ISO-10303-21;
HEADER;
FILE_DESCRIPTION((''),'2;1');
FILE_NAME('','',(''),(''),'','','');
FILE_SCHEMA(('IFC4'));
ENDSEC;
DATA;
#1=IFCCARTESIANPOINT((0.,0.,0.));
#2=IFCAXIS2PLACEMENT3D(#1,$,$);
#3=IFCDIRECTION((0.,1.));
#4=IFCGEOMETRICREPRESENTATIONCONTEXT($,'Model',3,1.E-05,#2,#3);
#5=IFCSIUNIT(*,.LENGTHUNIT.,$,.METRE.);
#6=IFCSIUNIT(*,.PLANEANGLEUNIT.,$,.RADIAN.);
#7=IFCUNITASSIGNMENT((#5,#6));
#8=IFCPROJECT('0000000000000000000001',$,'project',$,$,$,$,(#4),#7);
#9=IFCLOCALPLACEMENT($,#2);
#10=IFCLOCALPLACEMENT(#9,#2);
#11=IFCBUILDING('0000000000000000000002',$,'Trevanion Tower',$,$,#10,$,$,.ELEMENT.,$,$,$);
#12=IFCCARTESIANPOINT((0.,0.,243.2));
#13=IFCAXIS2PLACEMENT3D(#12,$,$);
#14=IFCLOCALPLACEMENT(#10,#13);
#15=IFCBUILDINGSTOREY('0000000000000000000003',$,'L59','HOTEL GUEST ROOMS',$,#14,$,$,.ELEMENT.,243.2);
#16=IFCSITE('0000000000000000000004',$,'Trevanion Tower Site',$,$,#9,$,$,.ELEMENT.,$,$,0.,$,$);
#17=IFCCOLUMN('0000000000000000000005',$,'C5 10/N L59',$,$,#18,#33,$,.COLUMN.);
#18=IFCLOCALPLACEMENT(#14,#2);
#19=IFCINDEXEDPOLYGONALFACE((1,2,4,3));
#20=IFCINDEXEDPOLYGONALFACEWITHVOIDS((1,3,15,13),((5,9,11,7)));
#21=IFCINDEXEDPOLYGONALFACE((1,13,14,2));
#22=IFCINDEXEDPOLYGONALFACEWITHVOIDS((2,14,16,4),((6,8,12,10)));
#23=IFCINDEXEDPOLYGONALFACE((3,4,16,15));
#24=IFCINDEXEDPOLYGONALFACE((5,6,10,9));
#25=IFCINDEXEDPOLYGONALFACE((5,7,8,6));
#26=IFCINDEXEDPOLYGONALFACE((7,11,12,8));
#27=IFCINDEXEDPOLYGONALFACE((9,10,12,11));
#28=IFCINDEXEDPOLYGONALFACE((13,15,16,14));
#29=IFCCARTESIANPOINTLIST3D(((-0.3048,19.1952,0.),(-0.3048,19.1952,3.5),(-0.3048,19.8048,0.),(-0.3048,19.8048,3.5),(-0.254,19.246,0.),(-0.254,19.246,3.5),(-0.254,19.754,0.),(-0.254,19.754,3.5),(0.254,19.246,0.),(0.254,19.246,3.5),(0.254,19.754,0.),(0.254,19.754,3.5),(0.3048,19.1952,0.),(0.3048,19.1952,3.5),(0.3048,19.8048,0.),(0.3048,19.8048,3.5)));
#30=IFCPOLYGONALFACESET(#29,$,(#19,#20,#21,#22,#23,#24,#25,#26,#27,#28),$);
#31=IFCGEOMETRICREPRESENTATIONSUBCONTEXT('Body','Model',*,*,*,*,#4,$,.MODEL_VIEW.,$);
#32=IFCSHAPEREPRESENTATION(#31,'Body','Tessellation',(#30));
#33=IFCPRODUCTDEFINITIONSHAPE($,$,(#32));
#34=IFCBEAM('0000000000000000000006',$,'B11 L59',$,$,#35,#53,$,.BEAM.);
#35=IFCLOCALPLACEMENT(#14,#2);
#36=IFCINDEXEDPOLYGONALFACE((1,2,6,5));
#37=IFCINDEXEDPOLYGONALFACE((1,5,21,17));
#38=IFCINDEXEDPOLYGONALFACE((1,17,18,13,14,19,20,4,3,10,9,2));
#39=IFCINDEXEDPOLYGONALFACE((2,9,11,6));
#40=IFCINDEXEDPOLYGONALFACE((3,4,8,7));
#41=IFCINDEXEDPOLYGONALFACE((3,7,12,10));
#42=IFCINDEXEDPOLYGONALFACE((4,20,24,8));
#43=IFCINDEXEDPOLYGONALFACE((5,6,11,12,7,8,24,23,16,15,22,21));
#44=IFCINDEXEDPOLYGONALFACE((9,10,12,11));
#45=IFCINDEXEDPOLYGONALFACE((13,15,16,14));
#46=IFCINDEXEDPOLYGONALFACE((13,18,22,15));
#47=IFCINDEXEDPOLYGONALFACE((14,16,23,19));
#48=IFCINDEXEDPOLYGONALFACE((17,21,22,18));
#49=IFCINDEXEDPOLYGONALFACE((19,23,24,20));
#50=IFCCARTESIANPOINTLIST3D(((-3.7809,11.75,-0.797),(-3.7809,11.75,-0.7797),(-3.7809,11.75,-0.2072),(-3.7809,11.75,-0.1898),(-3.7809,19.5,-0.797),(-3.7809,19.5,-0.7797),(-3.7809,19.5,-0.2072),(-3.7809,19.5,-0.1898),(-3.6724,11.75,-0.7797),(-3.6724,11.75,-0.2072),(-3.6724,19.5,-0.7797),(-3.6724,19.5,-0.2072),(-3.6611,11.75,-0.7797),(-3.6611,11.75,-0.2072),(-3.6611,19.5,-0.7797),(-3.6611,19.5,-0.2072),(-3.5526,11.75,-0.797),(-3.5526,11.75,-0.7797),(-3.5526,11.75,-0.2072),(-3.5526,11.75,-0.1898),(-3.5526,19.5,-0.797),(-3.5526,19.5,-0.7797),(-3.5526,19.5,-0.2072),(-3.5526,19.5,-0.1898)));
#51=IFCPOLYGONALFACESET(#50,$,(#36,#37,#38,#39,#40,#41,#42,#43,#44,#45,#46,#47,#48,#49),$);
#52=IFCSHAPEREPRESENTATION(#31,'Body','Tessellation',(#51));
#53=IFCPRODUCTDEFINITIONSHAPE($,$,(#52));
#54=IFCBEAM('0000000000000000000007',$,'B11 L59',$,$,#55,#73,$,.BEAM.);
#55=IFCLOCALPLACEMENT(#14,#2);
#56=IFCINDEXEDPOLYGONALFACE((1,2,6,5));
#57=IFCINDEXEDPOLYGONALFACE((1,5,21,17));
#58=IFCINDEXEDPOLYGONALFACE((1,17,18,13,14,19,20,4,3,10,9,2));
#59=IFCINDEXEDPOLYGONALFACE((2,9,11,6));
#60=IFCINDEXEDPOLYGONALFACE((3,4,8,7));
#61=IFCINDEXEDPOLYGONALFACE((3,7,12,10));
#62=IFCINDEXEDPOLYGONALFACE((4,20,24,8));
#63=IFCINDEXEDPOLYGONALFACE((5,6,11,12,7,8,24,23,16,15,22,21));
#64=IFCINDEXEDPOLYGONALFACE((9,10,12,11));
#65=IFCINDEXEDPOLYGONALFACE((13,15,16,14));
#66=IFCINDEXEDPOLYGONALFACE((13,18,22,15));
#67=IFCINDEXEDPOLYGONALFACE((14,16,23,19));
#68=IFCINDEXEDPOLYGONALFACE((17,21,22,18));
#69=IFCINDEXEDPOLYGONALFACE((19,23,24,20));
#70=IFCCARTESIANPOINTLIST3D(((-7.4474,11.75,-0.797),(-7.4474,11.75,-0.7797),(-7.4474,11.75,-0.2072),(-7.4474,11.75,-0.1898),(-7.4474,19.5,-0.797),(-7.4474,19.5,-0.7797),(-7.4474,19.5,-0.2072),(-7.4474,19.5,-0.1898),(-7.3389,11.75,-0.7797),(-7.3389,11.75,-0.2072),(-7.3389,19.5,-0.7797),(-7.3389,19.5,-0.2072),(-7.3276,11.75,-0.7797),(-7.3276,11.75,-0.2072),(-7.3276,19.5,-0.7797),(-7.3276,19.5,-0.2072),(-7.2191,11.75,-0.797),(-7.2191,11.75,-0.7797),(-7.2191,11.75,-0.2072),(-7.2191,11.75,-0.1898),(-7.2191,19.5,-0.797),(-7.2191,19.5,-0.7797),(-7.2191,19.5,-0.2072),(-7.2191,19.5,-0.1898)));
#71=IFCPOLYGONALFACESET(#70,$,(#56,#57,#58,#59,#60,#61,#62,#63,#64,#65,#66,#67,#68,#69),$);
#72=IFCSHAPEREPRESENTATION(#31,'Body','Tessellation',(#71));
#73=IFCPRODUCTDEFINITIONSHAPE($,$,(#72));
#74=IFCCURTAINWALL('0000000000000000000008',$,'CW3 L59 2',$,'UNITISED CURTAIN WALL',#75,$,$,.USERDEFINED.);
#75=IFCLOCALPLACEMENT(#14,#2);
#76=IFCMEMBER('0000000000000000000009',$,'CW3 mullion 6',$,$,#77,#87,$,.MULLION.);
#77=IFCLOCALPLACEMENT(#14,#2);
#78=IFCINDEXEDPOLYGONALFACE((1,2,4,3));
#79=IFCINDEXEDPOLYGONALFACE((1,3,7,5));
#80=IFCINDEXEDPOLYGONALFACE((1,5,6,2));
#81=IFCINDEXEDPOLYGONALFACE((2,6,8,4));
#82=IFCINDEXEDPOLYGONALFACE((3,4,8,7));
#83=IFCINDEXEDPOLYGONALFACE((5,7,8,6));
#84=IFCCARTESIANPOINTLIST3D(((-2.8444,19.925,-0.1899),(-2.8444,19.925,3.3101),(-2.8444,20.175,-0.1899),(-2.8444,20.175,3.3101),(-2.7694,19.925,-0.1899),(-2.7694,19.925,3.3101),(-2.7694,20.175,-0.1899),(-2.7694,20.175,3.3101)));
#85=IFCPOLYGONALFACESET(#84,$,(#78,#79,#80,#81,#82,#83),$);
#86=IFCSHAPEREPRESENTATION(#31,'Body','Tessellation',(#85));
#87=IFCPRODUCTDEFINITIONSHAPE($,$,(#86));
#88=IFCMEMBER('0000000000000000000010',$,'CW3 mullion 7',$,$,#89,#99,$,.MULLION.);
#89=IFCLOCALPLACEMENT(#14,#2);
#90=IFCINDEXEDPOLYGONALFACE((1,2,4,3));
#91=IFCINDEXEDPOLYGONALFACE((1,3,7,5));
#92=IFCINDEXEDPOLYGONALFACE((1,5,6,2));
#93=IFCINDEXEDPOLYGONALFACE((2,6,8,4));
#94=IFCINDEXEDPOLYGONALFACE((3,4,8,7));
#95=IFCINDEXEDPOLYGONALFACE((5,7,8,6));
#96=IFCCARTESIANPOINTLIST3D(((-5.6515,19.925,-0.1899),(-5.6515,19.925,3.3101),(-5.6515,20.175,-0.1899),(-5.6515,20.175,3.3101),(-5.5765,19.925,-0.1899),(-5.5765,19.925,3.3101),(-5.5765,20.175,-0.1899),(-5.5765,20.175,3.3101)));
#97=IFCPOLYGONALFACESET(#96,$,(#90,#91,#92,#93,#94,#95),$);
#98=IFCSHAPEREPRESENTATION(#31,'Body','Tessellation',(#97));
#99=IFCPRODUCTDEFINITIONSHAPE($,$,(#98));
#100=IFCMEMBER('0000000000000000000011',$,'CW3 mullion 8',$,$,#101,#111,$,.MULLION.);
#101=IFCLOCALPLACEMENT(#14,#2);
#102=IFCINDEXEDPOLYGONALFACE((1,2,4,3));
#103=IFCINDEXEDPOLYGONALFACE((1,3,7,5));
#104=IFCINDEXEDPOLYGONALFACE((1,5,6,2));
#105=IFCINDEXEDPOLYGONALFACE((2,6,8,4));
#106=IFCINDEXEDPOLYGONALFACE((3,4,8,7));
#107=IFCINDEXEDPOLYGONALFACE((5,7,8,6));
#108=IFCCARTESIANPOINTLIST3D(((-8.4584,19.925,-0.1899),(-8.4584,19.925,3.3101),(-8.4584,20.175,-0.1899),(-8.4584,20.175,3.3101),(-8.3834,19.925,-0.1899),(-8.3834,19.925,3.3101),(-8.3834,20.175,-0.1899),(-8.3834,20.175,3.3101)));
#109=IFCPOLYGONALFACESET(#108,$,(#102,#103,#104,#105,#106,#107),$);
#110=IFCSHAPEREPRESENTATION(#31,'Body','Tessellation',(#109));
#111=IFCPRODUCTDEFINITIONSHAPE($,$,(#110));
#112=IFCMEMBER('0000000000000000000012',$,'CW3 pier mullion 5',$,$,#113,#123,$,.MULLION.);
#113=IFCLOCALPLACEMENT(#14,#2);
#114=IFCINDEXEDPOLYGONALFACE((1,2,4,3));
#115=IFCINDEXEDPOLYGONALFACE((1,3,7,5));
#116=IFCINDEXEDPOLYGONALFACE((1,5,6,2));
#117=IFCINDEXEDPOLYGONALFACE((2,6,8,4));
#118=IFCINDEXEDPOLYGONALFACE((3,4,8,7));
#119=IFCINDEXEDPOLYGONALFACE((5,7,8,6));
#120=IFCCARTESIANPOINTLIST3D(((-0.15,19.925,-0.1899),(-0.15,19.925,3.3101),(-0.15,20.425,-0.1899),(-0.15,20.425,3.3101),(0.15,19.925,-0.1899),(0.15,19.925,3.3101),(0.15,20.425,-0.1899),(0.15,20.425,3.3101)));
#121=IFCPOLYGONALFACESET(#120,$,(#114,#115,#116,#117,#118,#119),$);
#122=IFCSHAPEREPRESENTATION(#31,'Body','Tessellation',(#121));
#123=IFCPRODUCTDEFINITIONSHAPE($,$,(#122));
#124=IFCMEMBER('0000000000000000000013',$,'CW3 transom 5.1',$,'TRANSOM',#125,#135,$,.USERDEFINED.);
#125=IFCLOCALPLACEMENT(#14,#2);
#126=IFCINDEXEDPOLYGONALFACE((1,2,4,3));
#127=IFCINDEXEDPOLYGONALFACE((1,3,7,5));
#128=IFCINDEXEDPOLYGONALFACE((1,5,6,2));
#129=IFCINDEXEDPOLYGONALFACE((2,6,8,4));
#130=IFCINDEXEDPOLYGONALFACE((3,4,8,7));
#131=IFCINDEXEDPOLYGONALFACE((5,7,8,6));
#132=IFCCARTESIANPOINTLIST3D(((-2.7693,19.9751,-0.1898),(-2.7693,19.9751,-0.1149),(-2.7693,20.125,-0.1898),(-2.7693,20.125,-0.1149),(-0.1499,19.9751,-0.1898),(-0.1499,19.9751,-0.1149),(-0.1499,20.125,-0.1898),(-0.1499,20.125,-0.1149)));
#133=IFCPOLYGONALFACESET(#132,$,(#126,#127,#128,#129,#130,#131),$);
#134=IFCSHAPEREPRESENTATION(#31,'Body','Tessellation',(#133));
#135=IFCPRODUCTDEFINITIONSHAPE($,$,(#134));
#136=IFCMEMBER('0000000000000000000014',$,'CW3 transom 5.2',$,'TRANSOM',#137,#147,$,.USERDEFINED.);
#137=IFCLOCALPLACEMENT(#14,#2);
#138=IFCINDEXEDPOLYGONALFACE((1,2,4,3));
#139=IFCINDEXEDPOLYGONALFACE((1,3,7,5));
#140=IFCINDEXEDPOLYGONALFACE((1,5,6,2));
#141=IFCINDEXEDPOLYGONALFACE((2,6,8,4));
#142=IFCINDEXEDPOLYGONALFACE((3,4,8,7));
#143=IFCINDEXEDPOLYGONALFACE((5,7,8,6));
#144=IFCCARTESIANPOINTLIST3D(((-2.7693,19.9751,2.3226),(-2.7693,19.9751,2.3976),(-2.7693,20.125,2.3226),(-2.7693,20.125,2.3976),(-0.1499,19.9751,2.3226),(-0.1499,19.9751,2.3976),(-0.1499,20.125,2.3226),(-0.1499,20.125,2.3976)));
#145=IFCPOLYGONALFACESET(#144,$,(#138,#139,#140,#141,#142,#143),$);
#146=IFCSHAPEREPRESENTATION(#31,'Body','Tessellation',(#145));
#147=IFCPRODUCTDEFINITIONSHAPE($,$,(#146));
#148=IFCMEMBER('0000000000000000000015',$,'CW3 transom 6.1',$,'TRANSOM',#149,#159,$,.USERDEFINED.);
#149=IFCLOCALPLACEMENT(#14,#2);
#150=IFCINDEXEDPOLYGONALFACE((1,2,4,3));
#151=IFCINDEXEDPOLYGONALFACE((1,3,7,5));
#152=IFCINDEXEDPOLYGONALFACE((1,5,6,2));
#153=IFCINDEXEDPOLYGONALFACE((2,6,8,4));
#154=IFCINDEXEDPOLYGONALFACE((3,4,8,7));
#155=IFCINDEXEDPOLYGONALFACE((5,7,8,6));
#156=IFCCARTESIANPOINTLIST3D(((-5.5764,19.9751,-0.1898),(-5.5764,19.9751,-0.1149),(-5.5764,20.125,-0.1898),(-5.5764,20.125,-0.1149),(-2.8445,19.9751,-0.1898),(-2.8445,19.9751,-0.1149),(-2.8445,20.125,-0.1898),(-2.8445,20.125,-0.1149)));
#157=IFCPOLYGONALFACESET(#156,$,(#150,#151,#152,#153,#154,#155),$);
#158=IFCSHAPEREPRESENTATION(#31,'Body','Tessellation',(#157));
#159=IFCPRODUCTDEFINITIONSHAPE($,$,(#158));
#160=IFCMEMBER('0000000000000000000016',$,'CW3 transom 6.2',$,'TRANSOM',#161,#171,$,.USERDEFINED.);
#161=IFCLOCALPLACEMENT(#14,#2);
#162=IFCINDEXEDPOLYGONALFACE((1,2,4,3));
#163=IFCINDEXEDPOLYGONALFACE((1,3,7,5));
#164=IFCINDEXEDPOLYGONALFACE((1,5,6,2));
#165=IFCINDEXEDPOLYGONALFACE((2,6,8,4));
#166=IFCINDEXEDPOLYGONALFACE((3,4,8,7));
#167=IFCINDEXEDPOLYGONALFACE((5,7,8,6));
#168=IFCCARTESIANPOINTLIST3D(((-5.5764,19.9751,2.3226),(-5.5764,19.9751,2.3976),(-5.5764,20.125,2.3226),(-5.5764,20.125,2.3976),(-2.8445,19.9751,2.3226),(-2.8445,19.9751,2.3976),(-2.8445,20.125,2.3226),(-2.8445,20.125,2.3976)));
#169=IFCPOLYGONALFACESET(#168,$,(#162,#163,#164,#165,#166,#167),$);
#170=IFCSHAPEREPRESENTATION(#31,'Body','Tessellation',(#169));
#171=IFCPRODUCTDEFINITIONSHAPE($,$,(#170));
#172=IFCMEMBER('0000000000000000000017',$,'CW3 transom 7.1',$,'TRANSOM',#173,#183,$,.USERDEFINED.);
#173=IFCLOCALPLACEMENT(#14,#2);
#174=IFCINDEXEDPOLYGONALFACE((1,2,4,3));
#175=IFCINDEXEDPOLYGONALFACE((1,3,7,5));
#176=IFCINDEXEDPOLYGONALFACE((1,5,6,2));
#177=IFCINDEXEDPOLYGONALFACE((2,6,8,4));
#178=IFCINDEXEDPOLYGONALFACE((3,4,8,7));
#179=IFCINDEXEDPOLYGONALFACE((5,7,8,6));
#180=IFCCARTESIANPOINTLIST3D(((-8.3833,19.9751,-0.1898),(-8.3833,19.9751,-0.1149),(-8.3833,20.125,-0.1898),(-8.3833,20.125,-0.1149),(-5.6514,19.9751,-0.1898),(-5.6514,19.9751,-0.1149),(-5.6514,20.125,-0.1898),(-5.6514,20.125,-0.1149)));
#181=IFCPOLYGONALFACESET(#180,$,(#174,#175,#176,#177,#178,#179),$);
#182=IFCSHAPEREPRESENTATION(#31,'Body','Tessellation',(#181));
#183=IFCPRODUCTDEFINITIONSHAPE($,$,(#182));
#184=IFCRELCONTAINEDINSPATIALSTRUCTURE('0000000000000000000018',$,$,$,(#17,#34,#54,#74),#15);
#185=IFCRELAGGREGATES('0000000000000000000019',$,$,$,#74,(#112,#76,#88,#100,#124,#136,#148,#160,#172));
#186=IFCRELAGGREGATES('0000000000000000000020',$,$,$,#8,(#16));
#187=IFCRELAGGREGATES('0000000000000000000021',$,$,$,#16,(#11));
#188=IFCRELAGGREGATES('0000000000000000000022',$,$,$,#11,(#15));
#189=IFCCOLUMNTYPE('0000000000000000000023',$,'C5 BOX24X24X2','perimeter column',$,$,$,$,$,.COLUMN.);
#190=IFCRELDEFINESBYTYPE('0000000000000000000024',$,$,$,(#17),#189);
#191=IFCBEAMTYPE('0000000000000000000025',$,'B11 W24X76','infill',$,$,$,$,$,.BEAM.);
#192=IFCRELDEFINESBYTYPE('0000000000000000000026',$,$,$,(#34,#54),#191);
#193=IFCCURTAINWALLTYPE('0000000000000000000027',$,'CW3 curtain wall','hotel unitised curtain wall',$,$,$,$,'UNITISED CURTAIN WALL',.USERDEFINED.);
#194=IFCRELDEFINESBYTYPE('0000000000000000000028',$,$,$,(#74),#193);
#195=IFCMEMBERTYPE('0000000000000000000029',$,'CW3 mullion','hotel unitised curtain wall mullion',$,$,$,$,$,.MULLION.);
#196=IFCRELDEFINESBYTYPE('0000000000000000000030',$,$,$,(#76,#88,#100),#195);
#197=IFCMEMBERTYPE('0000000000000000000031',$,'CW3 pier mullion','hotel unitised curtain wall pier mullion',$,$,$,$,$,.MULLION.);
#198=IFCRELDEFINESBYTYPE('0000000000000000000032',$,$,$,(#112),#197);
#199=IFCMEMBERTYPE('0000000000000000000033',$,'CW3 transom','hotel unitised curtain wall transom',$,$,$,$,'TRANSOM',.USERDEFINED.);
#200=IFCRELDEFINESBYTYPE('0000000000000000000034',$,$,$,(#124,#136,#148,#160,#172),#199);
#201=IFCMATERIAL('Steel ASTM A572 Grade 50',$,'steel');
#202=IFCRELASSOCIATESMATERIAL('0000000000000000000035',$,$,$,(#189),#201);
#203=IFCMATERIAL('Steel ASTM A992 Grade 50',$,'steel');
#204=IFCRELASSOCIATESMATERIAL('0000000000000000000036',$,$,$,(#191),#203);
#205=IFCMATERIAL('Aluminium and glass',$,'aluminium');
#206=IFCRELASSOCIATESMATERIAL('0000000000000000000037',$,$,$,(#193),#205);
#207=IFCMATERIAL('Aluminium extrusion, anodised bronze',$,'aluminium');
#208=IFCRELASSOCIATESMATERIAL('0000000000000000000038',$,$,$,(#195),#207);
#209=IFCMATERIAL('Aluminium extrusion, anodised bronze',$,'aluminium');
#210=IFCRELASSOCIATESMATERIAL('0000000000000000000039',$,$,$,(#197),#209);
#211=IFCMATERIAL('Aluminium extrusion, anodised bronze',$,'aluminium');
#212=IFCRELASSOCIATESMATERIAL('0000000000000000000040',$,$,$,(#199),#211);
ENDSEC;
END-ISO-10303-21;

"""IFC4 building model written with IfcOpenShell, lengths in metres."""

from ifc_helpers import new_model, si_unit, direction, frame, origin, origin_2d, place, context, subcontext, project, spatial, rectangle, hollow_rectangle, i_section, extrude, material, material_profile, profile_set, type_object, element, aggregate, save


model = new_model("IFC4")

# Units and contexts
model_context = context("Model", 3, precision=1e-05, world=origin(), true_north=direction((0.0, 1.0)))
body_context = subcontext(model_context, "Body", "Model", "MODEL_VIEW")
ifc_project = project(units=[si_unit("LENGTHUNIT", "METRE"), si_unit("PLANEANGLEUNIT", "RADIAN")], contexts=[model_context])

# Site, building, storey
site_placement = place(None, origin())
site = spatial("IfcSite", under=ifc_project, at=site_placement, Name="Trevanion Tower Site", CompositionType="ELEMENT", RefElevation=0.0)
building_placement = place(site_placement, origin())
building = spatial("IfcBuilding", under=site, at=building_placement, Name="Trevanion Tower", CompositionType="ELEMENT")
storey_placement = place(building_placement, frame((0.0, 0.0, 243.2)))
storey = spatial("IfcBuildingStorey", under=building, at=storey_placement, Name="L59", Description="HOTEL GUEST ROOMS", CompositionType="ELEMENT", Elevation=243.2)

# Column
ifc_material_1 = material(Name="Steel ASTM A572 Grade 50", Category="steel")
ifc_material_profile_1 = material_profile(ifc_material_1, hollow_rectangle(XDim=0.6096, YDim=0.6096, WallThickness=0.0508, at=origin_2d()), Name="BOX24X24X2")
ifc_profile_set_1 = profile_set([ifc_material_profile_1], Name="Steel ASTM A572 Grade 50")
column_type = type_object("IfcColumnType", Name="C5 BOX24X24X2", Description="perimeter column", PredefinedType="COLUMN", material=ifc_profile_set_1)
column_placement = place(storey_placement, frame((0.0, 19.5, 0.0), z_axis=(0.0, 0.0, 1.0), x_axis=(1.0, 0.0, 0.0)))
element("IfcColumn", 1, at=column_placement, inside=storey, type_object=column_type, Name="C5 10/N L59", PredefinedType="COLUMN", context=body_context, shape_type="SweptSolid", body=[
    extrude(hollow_rectangle(XDim=0.6096, YDim=0.6096, WallThickness=0.0508, at=origin_2d()), origin(), (0.0, 0.0, 1.0), 3.5),
])

# Beams
ifc_material_2 = material(Name="Steel ASTM A992 Grade 50", Category="steel")
ifc_material_profile_2 = material_profile(ifc_material_2, i_section(OverallWidth=0.2283, OverallDepth=0.6072, WebThickness=0.0112, FlangeThickness=0.0173, at=origin_2d()), Name="W24X76")
ifc_profile_set_2 = profile_set([ifc_material_profile_2], Name="Steel ASTM A992 Grade 50")
beam_type_1 = type_object("IfcBeamType", Name="B11 W24X76", Description="infill", PredefinedType="BEAM", material=ifc_profile_set_2)
for number, where, z_axis, x_axis, name in (
    (2, (-3.6667, 11.75, -0.4934), (0.0, 1.0, 0.0), (-1.0, 0.0, 0.0), "B11 L59"),
    (3, (-7.3333, 11.75, -0.4934), (0.0, 1.0, 0.0), (-1.0, 0.0, 0.0), "B11 L59"),
):
    element("IfcBeam", number, at=place(storey_placement, frame(where, z_axis=z_axis, x_axis=x_axis)), inside=storey, type_object=beam_type_1, Name=name, PredefinedType="BEAM", context=body_context, shape_type="SweptSolid", body=[
        extrude(i_section(OverallWidth=0.2283, OverallDepth=0.6072, WebThickness=0.0112, FlangeThickness=0.0173, at=origin_2d()), origin(), (0.0, 0.0, 1.0), 7.75),
    ])

# Curtain wall, members
ifc_material_3 = material(Name="Aluminium and glass", Category="aluminium")
curtain_wall_type = type_object("IfcCurtainWallType", Name="CW3 curtain wall", Description="hotel unitised curtain wall", ElementType="UNITISED CURTAIN WALL", PredefinedType="USERDEFINED", material=ifc_material_3)
curtain_wall_placement = place(storey_placement, origin())
curtain_wall = element("IfcCurtainWall", 4, at=curtain_wall_placement, inside=storey, type_object=curtain_wall_type, Name="CW3 L59 2", ObjectType="UNITISED CURTAIN WALL", PredefinedType="USERDEFINED")
ifc_material_4 = material(Name="Aluminium extrusion, anodised bronze", Category="aluminium")
ifc_material_profile_3 = material_profile(ifc_material_4, rectangle(XDim=0.075, YDim=0.25, at=origin_2d()), Name="CW3 mullion")
ifc_profile_set_3 = profile_set([ifc_material_profile_3], Name="Aluminium extrusion, anodised bronze")
member_type_1 = type_object("IfcMemberType", Name="CW3 mullion", Description="hotel unitised curtain wall mullion", PredefinedType="MULLION", material=ifc_profile_set_3)
member_1_placement = place(storey_placement, frame((-2.8069, 20.05, -0.1899), z_axis=(0.0, 0.0, 1.0), x_axis=(-1.0, 0.0, 0.0)))
member_1 = element("IfcMember", 5, at=member_1_placement, type_object=member_type_1, Name="CW3 mullion 6", PredefinedType="MULLION", context=body_context, shape_type="SweptSolid", body=[
    extrude(rectangle(XDim=0.075, YDim=0.25, at=origin_2d()), origin(), (0.0, 0.0, 1.0), 3.5),
])
member_2_placement = place(storey_placement, frame((-5.614, 20.05, -0.1899), z_axis=(0.0, 0.0, 1.0), x_axis=(-1.0, 0.0, 0.0)))
member_2 = element("IfcMember", 6, at=member_2_placement, type_object=member_type_1, Name="CW3 mullion 7", PredefinedType="MULLION", context=body_context, shape_type="SweptSolid", body=[
    extrude(rectangle(XDim=0.075, YDim=0.25, at=origin_2d()), origin(), (0.0, 0.0, 1.0), 3.5),
])
member_3_placement = place(storey_placement, frame((-8.4209, 20.05, -0.1899), z_axis=(0.0, 0.0, 1.0), x_axis=(-1.0, 0.0, 0.0)))
member_3 = element("IfcMember", 7, at=member_3_placement, type_object=member_type_1, Name="CW3 mullion 8", PredefinedType="MULLION", context=body_context, shape_type="SweptSolid", body=[
    extrude(rectangle(XDim=0.075, YDim=0.25, at=origin_2d()), origin(), (0.0, 0.0, 1.0), 3.5),
])
ifc_material_5 = material(Name="Aluminium extrusion, anodised bronze", Category="aluminium")
ifc_material_profile_4 = material_profile(ifc_material_5, rectangle(XDim=0.3, YDim=0.5, at=origin_2d()), Name="CW3 pier mullion")
ifc_profile_set_4 = profile_set([ifc_material_profile_4], Name="Aluminium extrusion, anodised bronze")
member_type_2 = type_object("IfcMemberType", Name="CW3 pier mullion", Description="hotel unitised curtain wall pier mullion", PredefinedType="MULLION", material=ifc_profile_set_4)
member_4_placement = place(storey_placement, frame((0.0, 20.175, -0.1899), z_axis=(0.0, 0.0, 1.0), x_axis=(-1.0, 0.0, 0.0)))
member_4 = element("IfcMember", 8, at=member_4_placement, type_object=member_type_2, Name="CW3 pier mullion 5", PredefinedType="MULLION", context=body_context, shape_type="SweptSolid", body=[
    extrude(rectangle(XDim=0.3, YDim=0.5, at=origin_2d()), origin(), (0.0, 0.0, 1.0), 3.5),
])
ifc_material_6 = material(Name="Aluminium extrusion, anodised bronze", Category="aluminium")
ifc_material_profile_5 = material_profile(ifc_material_6, rectangle(XDim=0.1499, YDim=0.075, at=origin_2d()), Name="CW3 transom")
ifc_profile_set_5 = profile_set([ifc_material_profile_5], Name="Aluminium extrusion, anodised bronze")
member_type_3 = type_object("IfcMemberType", Name="CW3 transom", Description="hotel unitised curtain wall transom", ElementType="TRANSOM", PredefinedType="USERDEFINED", material=ifc_profile_set_5)
member_5_placement = place(storey_placement, frame((-0.1499, 20.05, -0.1523), z_axis=(-1.0, 0.0, 0.0), x_axis=(0.0, -1.0, 0.0)))
member_5 = element("IfcMember", 9, at=member_5_placement, type_object=member_type_3, Name="CW3 transom 5.1", ObjectType="TRANSOM", PredefinedType="USERDEFINED", context=body_context, shape_type="SweptSolid", body=[
    extrude(rectangle(XDim=0.1499, YDim=0.075, at=origin_2d()), origin(), (0.0, 0.0, 1.0), 2.6194),
])
member_6_placement = place(storey_placement, frame((-0.1499, 20.05, 2.3601), z_axis=(-1.0, 0.0, 0.0), x_axis=(0.0, -1.0, 0.0)))
member_6 = element("IfcMember", 10, at=member_6_placement, type_object=member_type_3, Name="CW3 transom 5.2", ObjectType="TRANSOM", PredefinedType="USERDEFINED", context=body_context, shape_type="SweptSolid", body=[
    extrude(rectangle(XDim=0.1499, YDim=0.075, at=origin_2d()), origin(), (0.0, 0.0, 1.0), 2.6194),
])
member_7_placement = place(storey_placement, frame((-2.8445, 20.05, -0.1523), z_axis=(-1.0, 0.0, 0.0), x_axis=(0.0, -1.0, 0.0)))
member_7 = element("IfcMember", 11, at=member_7_placement, type_object=member_type_3, Name="CW3 transom 6.1", ObjectType="TRANSOM", PredefinedType="USERDEFINED", context=body_context, shape_type="SweptSolid", body=[
    extrude(rectangle(XDim=0.1499, YDim=0.075, at=origin_2d()), origin(), (0.0, 0.0, 1.0), 2.7319),
])
member_8_placement = place(storey_placement, frame((-2.8445, 20.05, 2.3601), z_axis=(-1.0, 0.0, 0.0), x_axis=(0.0, -1.0, 0.0)))
member_8 = element("IfcMember", 12, at=member_8_placement, type_object=member_type_3, Name="CW3 transom 6.2", ObjectType="TRANSOM", PredefinedType="USERDEFINED", context=body_context, shape_type="SweptSolid", body=[
    extrude(rectangle(XDim=0.1499, YDim=0.075, at=origin_2d()), origin(), (0.0, 0.0, 1.0), 2.7319),
])
member_9_placement = place(storey_placement, frame((-5.6514, 20.05, -0.1523), z_axis=(-1.0, 0.0, 0.0), x_axis=(0.0, -1.0, 0.0)))
member_9 = element("IfcMember", 13, at=member_9_placement, type_object=member_type_3, Name="CW3 transom 7.1", ObjectType="TRANSOM", PredefinedType="USERDEFINED", context=body_context, shape_type="SweptSolid", body=[
    extrude(rectangle(XDim=0.1499, YDim=0.075, at=origin_2d()), origin(), (0.0, 0.0, 1.0), 2.7319),
])

aggregate(curtain_wall, [member_4, member_1, member_2, member_3, member_5, member_6, member_7, member_8, member_9])

save(model, "model.ifc")
